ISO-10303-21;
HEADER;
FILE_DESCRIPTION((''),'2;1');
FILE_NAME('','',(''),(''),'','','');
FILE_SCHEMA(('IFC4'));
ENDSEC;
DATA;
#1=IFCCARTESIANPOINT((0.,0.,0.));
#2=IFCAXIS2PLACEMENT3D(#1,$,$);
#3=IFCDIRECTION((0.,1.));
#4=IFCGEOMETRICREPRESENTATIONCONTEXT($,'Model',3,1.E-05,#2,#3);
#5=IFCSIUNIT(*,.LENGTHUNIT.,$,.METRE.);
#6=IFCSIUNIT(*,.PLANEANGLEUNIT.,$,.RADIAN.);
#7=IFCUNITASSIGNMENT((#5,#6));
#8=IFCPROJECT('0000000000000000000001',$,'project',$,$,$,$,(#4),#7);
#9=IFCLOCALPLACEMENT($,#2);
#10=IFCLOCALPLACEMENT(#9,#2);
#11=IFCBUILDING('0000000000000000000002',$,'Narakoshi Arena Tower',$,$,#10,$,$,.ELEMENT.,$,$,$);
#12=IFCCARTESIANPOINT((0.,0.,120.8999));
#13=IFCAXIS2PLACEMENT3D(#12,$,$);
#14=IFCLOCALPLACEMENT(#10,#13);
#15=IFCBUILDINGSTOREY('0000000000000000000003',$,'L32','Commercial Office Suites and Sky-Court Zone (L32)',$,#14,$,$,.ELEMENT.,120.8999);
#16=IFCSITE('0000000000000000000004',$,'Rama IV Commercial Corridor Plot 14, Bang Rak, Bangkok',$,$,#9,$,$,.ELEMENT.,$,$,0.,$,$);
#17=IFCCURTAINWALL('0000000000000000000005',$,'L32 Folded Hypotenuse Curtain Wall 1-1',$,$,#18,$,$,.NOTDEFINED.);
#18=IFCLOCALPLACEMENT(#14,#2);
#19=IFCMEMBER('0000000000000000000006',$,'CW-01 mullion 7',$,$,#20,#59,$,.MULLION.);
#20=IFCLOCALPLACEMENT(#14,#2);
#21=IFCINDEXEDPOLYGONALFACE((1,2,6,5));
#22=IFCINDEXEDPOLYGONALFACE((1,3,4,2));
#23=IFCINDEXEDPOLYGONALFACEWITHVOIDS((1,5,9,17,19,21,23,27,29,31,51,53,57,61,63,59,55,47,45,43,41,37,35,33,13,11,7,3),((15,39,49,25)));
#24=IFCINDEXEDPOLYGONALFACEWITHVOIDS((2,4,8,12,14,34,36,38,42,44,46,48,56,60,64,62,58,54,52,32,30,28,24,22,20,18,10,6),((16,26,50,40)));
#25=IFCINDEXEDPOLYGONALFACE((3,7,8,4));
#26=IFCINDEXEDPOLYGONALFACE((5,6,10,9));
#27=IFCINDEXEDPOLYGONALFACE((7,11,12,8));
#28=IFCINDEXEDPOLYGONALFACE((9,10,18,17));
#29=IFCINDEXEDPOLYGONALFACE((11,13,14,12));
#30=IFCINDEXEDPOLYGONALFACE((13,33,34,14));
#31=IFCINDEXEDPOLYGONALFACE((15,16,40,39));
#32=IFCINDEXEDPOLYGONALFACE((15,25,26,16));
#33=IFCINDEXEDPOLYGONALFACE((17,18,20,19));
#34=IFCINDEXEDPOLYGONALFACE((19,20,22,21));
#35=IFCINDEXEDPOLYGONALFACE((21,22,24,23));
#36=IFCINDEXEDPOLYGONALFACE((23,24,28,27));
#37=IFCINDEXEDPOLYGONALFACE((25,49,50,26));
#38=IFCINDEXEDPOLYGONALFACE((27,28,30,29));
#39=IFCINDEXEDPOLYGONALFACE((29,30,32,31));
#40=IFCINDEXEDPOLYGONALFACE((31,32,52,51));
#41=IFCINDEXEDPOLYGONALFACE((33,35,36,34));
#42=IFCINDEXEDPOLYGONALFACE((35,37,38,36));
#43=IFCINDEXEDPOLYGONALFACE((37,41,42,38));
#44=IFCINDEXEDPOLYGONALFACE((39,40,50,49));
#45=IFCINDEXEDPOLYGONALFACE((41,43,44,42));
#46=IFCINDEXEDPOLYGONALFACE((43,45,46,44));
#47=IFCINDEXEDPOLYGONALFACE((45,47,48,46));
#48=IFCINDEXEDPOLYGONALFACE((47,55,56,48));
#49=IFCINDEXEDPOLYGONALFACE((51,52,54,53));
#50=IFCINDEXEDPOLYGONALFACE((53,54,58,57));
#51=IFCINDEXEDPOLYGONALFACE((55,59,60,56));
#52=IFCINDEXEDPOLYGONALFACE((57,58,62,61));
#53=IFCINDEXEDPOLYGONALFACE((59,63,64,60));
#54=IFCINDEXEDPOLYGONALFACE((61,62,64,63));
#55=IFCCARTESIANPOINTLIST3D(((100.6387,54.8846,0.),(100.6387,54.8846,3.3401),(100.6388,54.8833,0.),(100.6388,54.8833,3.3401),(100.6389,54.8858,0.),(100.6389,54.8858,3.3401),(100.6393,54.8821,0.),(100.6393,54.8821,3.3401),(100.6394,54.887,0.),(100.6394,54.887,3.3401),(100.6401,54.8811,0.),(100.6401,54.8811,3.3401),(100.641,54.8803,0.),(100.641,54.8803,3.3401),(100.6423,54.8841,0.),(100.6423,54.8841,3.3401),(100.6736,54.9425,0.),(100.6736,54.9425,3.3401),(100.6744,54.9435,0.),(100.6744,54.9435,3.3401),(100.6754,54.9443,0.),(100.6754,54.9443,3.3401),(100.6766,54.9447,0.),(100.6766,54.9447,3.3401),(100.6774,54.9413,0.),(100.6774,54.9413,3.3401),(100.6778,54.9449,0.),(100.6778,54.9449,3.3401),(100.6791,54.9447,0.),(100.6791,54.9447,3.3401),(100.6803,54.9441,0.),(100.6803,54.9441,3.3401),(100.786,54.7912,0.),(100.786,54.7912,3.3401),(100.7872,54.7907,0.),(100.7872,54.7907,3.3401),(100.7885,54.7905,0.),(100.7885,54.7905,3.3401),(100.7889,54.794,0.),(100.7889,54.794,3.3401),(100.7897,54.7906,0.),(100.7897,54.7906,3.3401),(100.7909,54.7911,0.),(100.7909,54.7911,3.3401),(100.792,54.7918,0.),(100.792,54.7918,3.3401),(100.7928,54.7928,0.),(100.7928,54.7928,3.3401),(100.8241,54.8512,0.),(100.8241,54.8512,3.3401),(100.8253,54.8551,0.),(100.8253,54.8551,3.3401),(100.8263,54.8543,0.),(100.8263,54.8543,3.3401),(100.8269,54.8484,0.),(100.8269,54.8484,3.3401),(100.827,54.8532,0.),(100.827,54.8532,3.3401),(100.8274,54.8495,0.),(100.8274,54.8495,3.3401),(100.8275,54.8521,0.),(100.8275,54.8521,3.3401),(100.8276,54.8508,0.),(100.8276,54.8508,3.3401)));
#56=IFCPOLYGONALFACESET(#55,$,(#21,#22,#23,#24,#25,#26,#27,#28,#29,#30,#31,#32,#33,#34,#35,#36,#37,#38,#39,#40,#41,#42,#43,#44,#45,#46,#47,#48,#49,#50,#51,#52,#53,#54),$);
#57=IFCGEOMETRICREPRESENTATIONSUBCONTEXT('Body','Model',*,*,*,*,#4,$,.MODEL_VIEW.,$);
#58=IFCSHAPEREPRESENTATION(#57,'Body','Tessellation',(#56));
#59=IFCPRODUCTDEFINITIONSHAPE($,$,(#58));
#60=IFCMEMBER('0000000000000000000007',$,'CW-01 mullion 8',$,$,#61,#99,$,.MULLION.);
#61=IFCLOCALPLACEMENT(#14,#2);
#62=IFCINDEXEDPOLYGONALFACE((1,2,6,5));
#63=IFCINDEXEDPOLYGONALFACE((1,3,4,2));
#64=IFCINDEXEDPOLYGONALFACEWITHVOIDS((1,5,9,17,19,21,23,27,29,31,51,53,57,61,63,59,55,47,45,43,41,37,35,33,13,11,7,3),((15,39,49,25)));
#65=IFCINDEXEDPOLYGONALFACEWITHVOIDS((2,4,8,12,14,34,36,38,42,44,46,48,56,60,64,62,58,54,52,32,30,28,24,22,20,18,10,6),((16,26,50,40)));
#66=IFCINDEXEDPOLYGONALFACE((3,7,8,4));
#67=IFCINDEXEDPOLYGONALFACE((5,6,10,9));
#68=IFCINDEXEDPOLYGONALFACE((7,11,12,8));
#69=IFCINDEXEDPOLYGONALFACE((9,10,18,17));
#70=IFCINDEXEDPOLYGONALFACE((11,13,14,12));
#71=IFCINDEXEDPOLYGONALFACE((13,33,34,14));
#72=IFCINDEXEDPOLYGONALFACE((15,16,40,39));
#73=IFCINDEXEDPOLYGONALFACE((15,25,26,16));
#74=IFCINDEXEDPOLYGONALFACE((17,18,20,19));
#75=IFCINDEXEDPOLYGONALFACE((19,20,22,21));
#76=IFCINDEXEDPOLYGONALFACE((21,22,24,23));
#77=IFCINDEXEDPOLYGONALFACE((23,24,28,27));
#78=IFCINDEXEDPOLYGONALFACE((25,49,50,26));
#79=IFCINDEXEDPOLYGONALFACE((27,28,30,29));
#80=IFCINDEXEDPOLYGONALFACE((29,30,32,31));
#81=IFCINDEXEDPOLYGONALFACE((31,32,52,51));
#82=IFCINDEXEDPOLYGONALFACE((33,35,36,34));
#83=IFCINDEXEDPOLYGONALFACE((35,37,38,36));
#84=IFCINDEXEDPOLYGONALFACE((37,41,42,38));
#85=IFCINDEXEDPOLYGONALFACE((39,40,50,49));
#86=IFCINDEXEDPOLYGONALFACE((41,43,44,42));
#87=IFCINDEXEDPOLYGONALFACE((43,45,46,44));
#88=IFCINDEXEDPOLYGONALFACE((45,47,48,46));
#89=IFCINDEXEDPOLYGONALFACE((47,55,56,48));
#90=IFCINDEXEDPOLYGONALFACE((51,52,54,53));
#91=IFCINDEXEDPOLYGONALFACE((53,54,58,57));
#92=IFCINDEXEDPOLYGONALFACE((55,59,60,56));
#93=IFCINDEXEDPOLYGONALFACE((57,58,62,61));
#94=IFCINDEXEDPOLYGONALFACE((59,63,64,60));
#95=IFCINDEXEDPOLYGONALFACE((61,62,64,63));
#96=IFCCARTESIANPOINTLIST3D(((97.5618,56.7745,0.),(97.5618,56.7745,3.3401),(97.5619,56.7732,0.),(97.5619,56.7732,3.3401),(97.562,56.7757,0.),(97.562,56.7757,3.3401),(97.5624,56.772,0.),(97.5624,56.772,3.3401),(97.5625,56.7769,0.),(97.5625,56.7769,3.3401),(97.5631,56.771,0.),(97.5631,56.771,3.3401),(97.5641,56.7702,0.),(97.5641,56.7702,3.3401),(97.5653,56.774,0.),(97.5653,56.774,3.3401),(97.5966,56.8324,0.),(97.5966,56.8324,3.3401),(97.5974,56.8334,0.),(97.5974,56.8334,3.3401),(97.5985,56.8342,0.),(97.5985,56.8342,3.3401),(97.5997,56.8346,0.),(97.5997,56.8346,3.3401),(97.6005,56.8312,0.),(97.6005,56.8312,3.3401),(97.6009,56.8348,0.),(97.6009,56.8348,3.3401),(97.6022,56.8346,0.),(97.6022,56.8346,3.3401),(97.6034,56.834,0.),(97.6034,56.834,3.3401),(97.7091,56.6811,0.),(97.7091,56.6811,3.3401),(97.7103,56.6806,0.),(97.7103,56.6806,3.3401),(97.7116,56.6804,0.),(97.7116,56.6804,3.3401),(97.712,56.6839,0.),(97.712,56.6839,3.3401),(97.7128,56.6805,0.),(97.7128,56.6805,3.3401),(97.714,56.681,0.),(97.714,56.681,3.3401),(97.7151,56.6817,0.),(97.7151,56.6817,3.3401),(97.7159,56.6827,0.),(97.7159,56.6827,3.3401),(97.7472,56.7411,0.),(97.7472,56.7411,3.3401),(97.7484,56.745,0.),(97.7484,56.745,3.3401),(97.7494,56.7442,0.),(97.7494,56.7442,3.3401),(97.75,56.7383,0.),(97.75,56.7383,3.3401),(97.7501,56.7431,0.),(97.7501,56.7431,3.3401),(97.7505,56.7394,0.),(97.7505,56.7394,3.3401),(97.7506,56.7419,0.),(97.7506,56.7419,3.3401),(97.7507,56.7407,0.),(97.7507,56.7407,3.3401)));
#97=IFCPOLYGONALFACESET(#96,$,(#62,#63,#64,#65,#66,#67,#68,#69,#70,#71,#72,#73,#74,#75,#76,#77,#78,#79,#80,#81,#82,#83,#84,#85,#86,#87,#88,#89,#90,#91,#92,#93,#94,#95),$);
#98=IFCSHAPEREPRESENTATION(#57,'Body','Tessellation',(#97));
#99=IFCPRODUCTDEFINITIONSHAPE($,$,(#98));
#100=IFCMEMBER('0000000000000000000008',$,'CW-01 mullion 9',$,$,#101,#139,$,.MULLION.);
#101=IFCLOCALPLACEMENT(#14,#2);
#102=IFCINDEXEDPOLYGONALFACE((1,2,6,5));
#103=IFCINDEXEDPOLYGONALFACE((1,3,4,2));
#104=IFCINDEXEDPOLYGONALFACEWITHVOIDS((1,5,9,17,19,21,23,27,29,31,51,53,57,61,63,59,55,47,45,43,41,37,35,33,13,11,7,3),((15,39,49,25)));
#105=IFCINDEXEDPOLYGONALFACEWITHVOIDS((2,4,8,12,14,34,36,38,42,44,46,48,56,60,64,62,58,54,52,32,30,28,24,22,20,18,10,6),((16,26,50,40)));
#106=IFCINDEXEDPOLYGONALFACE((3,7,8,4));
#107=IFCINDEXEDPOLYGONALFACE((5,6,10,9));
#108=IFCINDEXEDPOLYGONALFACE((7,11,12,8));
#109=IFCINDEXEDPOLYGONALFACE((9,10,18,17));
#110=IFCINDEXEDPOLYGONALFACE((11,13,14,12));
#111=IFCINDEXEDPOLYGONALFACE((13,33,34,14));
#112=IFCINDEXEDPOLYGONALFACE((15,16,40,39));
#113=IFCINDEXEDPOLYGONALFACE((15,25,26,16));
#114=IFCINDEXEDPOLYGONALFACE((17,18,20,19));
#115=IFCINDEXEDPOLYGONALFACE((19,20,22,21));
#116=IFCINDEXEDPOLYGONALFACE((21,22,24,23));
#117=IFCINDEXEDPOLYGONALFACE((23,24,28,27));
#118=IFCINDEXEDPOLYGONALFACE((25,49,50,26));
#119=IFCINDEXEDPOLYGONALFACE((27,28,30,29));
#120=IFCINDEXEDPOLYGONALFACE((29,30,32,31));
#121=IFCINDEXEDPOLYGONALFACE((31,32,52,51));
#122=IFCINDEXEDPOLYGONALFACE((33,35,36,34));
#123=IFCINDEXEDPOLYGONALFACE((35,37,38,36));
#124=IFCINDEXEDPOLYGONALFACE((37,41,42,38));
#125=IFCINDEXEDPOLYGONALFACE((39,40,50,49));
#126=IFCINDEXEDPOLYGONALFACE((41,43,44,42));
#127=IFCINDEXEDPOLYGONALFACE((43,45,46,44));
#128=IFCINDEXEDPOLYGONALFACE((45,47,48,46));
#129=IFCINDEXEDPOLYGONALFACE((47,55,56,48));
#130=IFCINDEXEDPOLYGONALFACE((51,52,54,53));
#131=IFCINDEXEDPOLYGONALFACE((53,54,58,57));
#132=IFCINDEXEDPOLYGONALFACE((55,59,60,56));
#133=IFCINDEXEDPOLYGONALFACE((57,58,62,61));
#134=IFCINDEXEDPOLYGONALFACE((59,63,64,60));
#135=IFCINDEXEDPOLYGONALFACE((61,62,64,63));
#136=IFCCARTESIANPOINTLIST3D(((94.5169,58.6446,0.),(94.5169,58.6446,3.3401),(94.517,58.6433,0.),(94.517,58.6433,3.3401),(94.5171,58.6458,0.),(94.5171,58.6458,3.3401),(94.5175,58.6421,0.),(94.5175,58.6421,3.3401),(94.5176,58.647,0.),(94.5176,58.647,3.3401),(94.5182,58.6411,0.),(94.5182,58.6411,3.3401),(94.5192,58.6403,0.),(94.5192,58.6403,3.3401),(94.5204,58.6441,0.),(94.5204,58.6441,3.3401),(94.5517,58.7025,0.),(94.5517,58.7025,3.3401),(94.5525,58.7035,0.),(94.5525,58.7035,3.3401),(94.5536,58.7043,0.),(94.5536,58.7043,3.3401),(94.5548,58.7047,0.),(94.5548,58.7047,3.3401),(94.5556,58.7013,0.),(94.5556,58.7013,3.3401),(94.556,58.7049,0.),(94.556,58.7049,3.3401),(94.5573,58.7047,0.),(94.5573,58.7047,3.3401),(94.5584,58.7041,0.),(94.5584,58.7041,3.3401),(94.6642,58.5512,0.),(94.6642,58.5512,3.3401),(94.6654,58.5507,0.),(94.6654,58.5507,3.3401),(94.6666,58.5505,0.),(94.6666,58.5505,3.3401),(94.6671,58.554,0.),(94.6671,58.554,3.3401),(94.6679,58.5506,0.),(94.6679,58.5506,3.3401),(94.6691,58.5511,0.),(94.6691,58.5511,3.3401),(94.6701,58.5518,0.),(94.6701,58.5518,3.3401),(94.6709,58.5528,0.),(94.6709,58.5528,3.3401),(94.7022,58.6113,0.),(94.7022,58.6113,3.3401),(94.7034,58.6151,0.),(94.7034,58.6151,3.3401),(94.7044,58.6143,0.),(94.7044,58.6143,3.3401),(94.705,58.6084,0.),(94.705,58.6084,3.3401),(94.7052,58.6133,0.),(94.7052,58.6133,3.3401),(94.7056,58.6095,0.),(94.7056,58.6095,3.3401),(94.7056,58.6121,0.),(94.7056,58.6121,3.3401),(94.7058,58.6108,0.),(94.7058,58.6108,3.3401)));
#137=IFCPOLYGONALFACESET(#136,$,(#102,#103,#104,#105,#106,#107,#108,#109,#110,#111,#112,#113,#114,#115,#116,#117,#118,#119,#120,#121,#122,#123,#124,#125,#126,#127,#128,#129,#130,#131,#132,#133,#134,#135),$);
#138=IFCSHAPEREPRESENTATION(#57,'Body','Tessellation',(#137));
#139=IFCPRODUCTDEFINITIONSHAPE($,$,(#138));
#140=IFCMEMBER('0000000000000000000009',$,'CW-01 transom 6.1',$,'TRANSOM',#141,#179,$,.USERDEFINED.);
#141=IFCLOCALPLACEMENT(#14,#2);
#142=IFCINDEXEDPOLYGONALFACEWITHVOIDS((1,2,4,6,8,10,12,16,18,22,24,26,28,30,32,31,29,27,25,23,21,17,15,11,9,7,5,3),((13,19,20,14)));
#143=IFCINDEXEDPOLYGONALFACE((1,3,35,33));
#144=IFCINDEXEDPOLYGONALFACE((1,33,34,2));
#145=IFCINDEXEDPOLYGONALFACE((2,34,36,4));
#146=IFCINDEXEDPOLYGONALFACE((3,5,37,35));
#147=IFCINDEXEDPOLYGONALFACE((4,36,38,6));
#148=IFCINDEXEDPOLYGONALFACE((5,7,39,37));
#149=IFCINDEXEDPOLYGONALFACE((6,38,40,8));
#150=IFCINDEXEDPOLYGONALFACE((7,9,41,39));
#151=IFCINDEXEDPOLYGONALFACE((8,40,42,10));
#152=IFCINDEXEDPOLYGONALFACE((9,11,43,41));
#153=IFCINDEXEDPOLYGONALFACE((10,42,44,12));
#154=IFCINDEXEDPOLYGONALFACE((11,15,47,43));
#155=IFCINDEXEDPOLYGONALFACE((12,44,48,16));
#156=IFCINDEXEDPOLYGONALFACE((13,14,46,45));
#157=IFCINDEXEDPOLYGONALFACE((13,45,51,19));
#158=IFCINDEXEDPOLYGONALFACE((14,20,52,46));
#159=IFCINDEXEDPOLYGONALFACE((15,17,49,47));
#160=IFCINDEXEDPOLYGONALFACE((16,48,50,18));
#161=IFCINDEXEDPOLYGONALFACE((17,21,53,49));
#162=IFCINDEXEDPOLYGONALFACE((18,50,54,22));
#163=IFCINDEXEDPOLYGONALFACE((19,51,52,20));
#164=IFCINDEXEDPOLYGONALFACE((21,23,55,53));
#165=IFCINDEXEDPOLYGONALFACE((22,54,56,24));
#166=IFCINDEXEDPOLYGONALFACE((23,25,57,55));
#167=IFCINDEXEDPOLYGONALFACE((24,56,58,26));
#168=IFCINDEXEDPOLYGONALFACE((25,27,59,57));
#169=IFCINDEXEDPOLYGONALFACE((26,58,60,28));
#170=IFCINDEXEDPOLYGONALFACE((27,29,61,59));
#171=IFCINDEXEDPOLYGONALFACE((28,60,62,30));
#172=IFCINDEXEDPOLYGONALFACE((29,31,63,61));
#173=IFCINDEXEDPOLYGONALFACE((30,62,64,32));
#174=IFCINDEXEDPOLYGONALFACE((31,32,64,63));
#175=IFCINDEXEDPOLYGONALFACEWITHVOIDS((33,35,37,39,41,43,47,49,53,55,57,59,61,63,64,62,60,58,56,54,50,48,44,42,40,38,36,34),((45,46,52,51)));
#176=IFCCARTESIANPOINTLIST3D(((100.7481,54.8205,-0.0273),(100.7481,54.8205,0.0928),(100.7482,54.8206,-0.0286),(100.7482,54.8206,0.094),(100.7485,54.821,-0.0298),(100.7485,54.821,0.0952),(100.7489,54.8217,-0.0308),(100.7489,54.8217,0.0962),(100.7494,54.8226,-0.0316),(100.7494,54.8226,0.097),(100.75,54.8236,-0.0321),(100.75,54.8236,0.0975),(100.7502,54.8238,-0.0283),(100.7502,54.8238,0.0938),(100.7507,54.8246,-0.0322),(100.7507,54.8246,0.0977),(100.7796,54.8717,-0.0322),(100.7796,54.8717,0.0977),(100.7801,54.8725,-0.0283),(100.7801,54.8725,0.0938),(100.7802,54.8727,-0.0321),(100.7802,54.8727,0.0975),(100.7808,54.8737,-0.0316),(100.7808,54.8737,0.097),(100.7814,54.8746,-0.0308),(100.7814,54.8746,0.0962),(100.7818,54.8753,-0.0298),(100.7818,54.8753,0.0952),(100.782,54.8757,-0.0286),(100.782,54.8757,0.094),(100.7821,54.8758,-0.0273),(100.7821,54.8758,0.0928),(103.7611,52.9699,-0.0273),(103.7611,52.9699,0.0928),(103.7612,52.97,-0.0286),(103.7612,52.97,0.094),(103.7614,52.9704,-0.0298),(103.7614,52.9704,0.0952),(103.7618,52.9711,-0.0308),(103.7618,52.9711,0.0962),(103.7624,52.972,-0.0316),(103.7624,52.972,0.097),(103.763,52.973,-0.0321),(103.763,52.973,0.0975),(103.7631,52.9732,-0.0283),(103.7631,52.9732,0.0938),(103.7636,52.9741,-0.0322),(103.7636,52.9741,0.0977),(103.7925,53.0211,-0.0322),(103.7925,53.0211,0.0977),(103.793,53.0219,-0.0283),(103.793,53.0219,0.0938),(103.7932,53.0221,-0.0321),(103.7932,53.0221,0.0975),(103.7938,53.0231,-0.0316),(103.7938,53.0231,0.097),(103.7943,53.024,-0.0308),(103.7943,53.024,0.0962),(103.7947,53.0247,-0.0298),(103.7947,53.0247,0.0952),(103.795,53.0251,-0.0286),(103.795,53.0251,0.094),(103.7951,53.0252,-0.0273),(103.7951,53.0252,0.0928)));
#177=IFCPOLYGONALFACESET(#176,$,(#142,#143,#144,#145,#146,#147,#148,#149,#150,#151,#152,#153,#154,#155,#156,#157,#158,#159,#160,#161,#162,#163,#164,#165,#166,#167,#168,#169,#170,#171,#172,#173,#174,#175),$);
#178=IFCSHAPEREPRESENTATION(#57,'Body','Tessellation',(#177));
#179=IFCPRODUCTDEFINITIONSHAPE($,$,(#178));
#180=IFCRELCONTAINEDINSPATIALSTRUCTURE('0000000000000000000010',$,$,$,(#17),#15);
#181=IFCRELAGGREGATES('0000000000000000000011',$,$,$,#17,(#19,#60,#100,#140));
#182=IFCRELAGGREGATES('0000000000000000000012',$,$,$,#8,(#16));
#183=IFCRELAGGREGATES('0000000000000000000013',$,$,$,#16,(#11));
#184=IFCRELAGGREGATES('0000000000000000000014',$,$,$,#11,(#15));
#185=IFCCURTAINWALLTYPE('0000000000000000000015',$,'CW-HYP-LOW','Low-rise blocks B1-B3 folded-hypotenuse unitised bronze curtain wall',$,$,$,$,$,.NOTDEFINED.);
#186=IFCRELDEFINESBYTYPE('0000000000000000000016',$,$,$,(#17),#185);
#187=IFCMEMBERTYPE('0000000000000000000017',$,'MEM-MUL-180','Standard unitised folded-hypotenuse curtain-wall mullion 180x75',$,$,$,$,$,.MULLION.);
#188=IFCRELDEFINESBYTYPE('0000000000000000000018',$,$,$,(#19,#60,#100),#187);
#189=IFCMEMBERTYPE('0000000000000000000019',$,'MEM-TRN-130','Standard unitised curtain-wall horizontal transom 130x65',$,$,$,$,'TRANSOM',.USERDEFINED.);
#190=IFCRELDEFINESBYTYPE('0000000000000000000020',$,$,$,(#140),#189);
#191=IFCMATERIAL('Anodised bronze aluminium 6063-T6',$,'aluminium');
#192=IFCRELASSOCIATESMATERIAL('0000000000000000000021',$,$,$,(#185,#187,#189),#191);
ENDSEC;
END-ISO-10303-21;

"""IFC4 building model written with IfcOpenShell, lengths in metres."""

from ifc_helpers import new_model, si_unit, direction, frame, origin, origin_2d, place, context, subcontext, project, spatial, hollow_rectangle, extrude, material, material_profile, profile_set, type_object, element, aggregate, save


model = new_model("IFC4")

# Units and contexts
model_context = context("Model", 3, precision=1e-05, world=origin(), true_north=direction((0.0, 1.0)))
body_context = subcontext(model_context, "Body", "Model", "MODEL_VIEW")
ifc_project = project(units=[si_unit("LENGTHUNIT", "METRE"), si_unit("PLANEANGLEUNIT", "RADIAN")], contexts=[model_context])

# Site, building, storey
site_placement = place(None, origin())
site = spatial("IfcSite", under=ifc_project, at=site_placement, Name="Rama IV Commercial Corridor Plot 14, Bang Rak, Bangkok", CompositionType="ELEMENT", RefElevation=0.0)
building_placement = place(site_placement, origin())
building = spatial("IfcBuilding", under=site, at=building_placement, Name="Narakoshi Arena Tower", CompositionType="ELEMENT")
storey_placement = place(building_placement, frame((0.0, 0.0, 120.8999)))
storey = spatial("IfcBuildingStorey", under=building, at=storey_placement, Name="L32", Description="Commercial Office Suites and Sky-Court Zone (L32)", CompositionType="ELEMENT", Elevation=120.8999)

# Curtain wall, members
ifc_material_1 = material(Name="Anodised bronze aluminium 6063-T6", Category="aluminium")
curtain_wall_type = type_object("IfcCurtainWallType", Name="CW-HYP-LOW", Description="Low-rise blocks B1-B3 folded-hypotenuse unitised bronze curtain wall", PredefinedType="NOTDEFINED", material=ifc_material_1)
curtain_wall_placement = place(storey_placement, origin())
curtain_wall = element("IfcCurtainWall", 1, at=curtain_wall_placement, inside=storey, type_object=curtain_wall_type, Name="L32 Folded Hypotenuse Curtain Wall 1-1", PredefinedType="NOTDEFINED")
ifc_material_profile_1 = material_profile(ifc_material_1, hollow_rectangle(XDim=0.075, YDim=0.1799, WallThickness=0.0039, OuterFilletRadius=0.0049, at=origin_2d()), Name="MUL180x75x4")
ifc_profile_set_1 = profile_set([ifc_material_profile_1], Name="Anodised bronze aluminium 6063-T6")
member_type_1 = type_object("IfcMemberType", Name="MEM-MUL-180", Description="Standard unitised folded-hypotenuse curtain-wall mullion 180x75", PredefinedType="MULLION", material=ifc_profile_set_1)
member_1_placement = place(storey_placement, frame((100.7332, 54.8677, 0.0), z_axis=(0.0, 0.0, 1.0), x_axis=(-0.523358, -0.852113, 0.0)))
member_1 = element("IfcMember", 2, at=member_1_placement, type_object=member_type_1, Name="CW-01 mullion 7", PredefinedType="MULLION", context=body_context, shape_type="SweptSolid", body=[
    extrude(hollow_rectangle(XDim=0.075, YDim=0.1799, WallThickness=0.0039, OuterFilletRadius=0.0049, at=origin_2d()), origin(), (0.0, 0.0, 1.0), 3.3401),
])
member_2_placement = place(storey_placement, frame((97.6562, 56.7576, 0.0), z_axis=(0.0, 0.0, 1.0), x_axis=(-0.523358, -0.852113, 0.0)))
member_2 = element("IfcMember", 3, at=member_2_placement, type_object=member_type_1, Name="CW-01 mullion 8", PredefinedType="MULLION", context=body_context, shape_type="SweptSolid", body=[
    extrude(hollow_rectangle(XDim=0.075, YDim=0.1799, WallThickness=0.0039, OuterFilletRadius=0.0049, at=origin_2d()), origin(), (0.0, 0.0, 1.0), 3.3401),
])
member_3_placement = place(storey_placement, frame((94.6113, 58.6277, 0.0), z_axis=(0.0, 0.0, 1.0), x_axis=(-0.523358, -0.852113, 0.0)))
member_3 = element("IfcMember", 4, at=member_3_placement, type_object=member_type_1, Name="CW-01 mullion 9", PredefinedType="MULLION", context=body_context, shape_type="SweptSolid", body=[
    extrude(hollow_rectangle(XDim=0.075, YDim=0.1799, WallThickness=0.0039, OuterFilletRadius=0.0049, at=origin_2d()), origin(), (0.0, 0.0, 1.0), 3.3401),
])
ifc_material_profile_2 = material_profile(ifc_material_1, hollow_rectangle(XDim=0.0649, YDim=0.1299, WallThickness=0.0039, OuterFilletRadius=0.0049, at=origin_2d()), Name="TRN130x65x4")
ifc_profile_set_2 = profile_set([ifc_material_profile_2], Name="Anodised bronze aluminium 6063-T6")
member_type_2 = type_object("IfcMemberType", Name="MEM-TRN-130", Description="Standard unitised curtain-wall horizontal transom 130x65", ElementType="TRANSOM", PredefinedType="USERDEFINED", material=ifc_profile_set_2)
member_4_placement = place(storey_placement, frame((103.7781, 52.9976, 0.0327), z_axis=(-0.852104, 0.523373, 0.0), x_axis=(-0.523373, -0.852104, 0.0)))
member_4 = element("IfcMember", 5, at=member_4_placement, type_object=member_type_2, Name="CW-01 transom 6.1", ObjectType="TRANSOM", PredefinedType="USERDEFINED", context=body_context, shape_type="SweptSolid", body=[
    extrude(hollow_rectangle(XDim=0.0649, YDim=0.1299, WallThickness=0.0039, OuterFilletRadius=0.0049, at=origin_2d()), origin(), (0.0, 0.0, 1.0), 3.5359),
])
aggregate(curtain_wall, [member_1, member_2, member_3, member_4])

save(model, "model.ifc")
